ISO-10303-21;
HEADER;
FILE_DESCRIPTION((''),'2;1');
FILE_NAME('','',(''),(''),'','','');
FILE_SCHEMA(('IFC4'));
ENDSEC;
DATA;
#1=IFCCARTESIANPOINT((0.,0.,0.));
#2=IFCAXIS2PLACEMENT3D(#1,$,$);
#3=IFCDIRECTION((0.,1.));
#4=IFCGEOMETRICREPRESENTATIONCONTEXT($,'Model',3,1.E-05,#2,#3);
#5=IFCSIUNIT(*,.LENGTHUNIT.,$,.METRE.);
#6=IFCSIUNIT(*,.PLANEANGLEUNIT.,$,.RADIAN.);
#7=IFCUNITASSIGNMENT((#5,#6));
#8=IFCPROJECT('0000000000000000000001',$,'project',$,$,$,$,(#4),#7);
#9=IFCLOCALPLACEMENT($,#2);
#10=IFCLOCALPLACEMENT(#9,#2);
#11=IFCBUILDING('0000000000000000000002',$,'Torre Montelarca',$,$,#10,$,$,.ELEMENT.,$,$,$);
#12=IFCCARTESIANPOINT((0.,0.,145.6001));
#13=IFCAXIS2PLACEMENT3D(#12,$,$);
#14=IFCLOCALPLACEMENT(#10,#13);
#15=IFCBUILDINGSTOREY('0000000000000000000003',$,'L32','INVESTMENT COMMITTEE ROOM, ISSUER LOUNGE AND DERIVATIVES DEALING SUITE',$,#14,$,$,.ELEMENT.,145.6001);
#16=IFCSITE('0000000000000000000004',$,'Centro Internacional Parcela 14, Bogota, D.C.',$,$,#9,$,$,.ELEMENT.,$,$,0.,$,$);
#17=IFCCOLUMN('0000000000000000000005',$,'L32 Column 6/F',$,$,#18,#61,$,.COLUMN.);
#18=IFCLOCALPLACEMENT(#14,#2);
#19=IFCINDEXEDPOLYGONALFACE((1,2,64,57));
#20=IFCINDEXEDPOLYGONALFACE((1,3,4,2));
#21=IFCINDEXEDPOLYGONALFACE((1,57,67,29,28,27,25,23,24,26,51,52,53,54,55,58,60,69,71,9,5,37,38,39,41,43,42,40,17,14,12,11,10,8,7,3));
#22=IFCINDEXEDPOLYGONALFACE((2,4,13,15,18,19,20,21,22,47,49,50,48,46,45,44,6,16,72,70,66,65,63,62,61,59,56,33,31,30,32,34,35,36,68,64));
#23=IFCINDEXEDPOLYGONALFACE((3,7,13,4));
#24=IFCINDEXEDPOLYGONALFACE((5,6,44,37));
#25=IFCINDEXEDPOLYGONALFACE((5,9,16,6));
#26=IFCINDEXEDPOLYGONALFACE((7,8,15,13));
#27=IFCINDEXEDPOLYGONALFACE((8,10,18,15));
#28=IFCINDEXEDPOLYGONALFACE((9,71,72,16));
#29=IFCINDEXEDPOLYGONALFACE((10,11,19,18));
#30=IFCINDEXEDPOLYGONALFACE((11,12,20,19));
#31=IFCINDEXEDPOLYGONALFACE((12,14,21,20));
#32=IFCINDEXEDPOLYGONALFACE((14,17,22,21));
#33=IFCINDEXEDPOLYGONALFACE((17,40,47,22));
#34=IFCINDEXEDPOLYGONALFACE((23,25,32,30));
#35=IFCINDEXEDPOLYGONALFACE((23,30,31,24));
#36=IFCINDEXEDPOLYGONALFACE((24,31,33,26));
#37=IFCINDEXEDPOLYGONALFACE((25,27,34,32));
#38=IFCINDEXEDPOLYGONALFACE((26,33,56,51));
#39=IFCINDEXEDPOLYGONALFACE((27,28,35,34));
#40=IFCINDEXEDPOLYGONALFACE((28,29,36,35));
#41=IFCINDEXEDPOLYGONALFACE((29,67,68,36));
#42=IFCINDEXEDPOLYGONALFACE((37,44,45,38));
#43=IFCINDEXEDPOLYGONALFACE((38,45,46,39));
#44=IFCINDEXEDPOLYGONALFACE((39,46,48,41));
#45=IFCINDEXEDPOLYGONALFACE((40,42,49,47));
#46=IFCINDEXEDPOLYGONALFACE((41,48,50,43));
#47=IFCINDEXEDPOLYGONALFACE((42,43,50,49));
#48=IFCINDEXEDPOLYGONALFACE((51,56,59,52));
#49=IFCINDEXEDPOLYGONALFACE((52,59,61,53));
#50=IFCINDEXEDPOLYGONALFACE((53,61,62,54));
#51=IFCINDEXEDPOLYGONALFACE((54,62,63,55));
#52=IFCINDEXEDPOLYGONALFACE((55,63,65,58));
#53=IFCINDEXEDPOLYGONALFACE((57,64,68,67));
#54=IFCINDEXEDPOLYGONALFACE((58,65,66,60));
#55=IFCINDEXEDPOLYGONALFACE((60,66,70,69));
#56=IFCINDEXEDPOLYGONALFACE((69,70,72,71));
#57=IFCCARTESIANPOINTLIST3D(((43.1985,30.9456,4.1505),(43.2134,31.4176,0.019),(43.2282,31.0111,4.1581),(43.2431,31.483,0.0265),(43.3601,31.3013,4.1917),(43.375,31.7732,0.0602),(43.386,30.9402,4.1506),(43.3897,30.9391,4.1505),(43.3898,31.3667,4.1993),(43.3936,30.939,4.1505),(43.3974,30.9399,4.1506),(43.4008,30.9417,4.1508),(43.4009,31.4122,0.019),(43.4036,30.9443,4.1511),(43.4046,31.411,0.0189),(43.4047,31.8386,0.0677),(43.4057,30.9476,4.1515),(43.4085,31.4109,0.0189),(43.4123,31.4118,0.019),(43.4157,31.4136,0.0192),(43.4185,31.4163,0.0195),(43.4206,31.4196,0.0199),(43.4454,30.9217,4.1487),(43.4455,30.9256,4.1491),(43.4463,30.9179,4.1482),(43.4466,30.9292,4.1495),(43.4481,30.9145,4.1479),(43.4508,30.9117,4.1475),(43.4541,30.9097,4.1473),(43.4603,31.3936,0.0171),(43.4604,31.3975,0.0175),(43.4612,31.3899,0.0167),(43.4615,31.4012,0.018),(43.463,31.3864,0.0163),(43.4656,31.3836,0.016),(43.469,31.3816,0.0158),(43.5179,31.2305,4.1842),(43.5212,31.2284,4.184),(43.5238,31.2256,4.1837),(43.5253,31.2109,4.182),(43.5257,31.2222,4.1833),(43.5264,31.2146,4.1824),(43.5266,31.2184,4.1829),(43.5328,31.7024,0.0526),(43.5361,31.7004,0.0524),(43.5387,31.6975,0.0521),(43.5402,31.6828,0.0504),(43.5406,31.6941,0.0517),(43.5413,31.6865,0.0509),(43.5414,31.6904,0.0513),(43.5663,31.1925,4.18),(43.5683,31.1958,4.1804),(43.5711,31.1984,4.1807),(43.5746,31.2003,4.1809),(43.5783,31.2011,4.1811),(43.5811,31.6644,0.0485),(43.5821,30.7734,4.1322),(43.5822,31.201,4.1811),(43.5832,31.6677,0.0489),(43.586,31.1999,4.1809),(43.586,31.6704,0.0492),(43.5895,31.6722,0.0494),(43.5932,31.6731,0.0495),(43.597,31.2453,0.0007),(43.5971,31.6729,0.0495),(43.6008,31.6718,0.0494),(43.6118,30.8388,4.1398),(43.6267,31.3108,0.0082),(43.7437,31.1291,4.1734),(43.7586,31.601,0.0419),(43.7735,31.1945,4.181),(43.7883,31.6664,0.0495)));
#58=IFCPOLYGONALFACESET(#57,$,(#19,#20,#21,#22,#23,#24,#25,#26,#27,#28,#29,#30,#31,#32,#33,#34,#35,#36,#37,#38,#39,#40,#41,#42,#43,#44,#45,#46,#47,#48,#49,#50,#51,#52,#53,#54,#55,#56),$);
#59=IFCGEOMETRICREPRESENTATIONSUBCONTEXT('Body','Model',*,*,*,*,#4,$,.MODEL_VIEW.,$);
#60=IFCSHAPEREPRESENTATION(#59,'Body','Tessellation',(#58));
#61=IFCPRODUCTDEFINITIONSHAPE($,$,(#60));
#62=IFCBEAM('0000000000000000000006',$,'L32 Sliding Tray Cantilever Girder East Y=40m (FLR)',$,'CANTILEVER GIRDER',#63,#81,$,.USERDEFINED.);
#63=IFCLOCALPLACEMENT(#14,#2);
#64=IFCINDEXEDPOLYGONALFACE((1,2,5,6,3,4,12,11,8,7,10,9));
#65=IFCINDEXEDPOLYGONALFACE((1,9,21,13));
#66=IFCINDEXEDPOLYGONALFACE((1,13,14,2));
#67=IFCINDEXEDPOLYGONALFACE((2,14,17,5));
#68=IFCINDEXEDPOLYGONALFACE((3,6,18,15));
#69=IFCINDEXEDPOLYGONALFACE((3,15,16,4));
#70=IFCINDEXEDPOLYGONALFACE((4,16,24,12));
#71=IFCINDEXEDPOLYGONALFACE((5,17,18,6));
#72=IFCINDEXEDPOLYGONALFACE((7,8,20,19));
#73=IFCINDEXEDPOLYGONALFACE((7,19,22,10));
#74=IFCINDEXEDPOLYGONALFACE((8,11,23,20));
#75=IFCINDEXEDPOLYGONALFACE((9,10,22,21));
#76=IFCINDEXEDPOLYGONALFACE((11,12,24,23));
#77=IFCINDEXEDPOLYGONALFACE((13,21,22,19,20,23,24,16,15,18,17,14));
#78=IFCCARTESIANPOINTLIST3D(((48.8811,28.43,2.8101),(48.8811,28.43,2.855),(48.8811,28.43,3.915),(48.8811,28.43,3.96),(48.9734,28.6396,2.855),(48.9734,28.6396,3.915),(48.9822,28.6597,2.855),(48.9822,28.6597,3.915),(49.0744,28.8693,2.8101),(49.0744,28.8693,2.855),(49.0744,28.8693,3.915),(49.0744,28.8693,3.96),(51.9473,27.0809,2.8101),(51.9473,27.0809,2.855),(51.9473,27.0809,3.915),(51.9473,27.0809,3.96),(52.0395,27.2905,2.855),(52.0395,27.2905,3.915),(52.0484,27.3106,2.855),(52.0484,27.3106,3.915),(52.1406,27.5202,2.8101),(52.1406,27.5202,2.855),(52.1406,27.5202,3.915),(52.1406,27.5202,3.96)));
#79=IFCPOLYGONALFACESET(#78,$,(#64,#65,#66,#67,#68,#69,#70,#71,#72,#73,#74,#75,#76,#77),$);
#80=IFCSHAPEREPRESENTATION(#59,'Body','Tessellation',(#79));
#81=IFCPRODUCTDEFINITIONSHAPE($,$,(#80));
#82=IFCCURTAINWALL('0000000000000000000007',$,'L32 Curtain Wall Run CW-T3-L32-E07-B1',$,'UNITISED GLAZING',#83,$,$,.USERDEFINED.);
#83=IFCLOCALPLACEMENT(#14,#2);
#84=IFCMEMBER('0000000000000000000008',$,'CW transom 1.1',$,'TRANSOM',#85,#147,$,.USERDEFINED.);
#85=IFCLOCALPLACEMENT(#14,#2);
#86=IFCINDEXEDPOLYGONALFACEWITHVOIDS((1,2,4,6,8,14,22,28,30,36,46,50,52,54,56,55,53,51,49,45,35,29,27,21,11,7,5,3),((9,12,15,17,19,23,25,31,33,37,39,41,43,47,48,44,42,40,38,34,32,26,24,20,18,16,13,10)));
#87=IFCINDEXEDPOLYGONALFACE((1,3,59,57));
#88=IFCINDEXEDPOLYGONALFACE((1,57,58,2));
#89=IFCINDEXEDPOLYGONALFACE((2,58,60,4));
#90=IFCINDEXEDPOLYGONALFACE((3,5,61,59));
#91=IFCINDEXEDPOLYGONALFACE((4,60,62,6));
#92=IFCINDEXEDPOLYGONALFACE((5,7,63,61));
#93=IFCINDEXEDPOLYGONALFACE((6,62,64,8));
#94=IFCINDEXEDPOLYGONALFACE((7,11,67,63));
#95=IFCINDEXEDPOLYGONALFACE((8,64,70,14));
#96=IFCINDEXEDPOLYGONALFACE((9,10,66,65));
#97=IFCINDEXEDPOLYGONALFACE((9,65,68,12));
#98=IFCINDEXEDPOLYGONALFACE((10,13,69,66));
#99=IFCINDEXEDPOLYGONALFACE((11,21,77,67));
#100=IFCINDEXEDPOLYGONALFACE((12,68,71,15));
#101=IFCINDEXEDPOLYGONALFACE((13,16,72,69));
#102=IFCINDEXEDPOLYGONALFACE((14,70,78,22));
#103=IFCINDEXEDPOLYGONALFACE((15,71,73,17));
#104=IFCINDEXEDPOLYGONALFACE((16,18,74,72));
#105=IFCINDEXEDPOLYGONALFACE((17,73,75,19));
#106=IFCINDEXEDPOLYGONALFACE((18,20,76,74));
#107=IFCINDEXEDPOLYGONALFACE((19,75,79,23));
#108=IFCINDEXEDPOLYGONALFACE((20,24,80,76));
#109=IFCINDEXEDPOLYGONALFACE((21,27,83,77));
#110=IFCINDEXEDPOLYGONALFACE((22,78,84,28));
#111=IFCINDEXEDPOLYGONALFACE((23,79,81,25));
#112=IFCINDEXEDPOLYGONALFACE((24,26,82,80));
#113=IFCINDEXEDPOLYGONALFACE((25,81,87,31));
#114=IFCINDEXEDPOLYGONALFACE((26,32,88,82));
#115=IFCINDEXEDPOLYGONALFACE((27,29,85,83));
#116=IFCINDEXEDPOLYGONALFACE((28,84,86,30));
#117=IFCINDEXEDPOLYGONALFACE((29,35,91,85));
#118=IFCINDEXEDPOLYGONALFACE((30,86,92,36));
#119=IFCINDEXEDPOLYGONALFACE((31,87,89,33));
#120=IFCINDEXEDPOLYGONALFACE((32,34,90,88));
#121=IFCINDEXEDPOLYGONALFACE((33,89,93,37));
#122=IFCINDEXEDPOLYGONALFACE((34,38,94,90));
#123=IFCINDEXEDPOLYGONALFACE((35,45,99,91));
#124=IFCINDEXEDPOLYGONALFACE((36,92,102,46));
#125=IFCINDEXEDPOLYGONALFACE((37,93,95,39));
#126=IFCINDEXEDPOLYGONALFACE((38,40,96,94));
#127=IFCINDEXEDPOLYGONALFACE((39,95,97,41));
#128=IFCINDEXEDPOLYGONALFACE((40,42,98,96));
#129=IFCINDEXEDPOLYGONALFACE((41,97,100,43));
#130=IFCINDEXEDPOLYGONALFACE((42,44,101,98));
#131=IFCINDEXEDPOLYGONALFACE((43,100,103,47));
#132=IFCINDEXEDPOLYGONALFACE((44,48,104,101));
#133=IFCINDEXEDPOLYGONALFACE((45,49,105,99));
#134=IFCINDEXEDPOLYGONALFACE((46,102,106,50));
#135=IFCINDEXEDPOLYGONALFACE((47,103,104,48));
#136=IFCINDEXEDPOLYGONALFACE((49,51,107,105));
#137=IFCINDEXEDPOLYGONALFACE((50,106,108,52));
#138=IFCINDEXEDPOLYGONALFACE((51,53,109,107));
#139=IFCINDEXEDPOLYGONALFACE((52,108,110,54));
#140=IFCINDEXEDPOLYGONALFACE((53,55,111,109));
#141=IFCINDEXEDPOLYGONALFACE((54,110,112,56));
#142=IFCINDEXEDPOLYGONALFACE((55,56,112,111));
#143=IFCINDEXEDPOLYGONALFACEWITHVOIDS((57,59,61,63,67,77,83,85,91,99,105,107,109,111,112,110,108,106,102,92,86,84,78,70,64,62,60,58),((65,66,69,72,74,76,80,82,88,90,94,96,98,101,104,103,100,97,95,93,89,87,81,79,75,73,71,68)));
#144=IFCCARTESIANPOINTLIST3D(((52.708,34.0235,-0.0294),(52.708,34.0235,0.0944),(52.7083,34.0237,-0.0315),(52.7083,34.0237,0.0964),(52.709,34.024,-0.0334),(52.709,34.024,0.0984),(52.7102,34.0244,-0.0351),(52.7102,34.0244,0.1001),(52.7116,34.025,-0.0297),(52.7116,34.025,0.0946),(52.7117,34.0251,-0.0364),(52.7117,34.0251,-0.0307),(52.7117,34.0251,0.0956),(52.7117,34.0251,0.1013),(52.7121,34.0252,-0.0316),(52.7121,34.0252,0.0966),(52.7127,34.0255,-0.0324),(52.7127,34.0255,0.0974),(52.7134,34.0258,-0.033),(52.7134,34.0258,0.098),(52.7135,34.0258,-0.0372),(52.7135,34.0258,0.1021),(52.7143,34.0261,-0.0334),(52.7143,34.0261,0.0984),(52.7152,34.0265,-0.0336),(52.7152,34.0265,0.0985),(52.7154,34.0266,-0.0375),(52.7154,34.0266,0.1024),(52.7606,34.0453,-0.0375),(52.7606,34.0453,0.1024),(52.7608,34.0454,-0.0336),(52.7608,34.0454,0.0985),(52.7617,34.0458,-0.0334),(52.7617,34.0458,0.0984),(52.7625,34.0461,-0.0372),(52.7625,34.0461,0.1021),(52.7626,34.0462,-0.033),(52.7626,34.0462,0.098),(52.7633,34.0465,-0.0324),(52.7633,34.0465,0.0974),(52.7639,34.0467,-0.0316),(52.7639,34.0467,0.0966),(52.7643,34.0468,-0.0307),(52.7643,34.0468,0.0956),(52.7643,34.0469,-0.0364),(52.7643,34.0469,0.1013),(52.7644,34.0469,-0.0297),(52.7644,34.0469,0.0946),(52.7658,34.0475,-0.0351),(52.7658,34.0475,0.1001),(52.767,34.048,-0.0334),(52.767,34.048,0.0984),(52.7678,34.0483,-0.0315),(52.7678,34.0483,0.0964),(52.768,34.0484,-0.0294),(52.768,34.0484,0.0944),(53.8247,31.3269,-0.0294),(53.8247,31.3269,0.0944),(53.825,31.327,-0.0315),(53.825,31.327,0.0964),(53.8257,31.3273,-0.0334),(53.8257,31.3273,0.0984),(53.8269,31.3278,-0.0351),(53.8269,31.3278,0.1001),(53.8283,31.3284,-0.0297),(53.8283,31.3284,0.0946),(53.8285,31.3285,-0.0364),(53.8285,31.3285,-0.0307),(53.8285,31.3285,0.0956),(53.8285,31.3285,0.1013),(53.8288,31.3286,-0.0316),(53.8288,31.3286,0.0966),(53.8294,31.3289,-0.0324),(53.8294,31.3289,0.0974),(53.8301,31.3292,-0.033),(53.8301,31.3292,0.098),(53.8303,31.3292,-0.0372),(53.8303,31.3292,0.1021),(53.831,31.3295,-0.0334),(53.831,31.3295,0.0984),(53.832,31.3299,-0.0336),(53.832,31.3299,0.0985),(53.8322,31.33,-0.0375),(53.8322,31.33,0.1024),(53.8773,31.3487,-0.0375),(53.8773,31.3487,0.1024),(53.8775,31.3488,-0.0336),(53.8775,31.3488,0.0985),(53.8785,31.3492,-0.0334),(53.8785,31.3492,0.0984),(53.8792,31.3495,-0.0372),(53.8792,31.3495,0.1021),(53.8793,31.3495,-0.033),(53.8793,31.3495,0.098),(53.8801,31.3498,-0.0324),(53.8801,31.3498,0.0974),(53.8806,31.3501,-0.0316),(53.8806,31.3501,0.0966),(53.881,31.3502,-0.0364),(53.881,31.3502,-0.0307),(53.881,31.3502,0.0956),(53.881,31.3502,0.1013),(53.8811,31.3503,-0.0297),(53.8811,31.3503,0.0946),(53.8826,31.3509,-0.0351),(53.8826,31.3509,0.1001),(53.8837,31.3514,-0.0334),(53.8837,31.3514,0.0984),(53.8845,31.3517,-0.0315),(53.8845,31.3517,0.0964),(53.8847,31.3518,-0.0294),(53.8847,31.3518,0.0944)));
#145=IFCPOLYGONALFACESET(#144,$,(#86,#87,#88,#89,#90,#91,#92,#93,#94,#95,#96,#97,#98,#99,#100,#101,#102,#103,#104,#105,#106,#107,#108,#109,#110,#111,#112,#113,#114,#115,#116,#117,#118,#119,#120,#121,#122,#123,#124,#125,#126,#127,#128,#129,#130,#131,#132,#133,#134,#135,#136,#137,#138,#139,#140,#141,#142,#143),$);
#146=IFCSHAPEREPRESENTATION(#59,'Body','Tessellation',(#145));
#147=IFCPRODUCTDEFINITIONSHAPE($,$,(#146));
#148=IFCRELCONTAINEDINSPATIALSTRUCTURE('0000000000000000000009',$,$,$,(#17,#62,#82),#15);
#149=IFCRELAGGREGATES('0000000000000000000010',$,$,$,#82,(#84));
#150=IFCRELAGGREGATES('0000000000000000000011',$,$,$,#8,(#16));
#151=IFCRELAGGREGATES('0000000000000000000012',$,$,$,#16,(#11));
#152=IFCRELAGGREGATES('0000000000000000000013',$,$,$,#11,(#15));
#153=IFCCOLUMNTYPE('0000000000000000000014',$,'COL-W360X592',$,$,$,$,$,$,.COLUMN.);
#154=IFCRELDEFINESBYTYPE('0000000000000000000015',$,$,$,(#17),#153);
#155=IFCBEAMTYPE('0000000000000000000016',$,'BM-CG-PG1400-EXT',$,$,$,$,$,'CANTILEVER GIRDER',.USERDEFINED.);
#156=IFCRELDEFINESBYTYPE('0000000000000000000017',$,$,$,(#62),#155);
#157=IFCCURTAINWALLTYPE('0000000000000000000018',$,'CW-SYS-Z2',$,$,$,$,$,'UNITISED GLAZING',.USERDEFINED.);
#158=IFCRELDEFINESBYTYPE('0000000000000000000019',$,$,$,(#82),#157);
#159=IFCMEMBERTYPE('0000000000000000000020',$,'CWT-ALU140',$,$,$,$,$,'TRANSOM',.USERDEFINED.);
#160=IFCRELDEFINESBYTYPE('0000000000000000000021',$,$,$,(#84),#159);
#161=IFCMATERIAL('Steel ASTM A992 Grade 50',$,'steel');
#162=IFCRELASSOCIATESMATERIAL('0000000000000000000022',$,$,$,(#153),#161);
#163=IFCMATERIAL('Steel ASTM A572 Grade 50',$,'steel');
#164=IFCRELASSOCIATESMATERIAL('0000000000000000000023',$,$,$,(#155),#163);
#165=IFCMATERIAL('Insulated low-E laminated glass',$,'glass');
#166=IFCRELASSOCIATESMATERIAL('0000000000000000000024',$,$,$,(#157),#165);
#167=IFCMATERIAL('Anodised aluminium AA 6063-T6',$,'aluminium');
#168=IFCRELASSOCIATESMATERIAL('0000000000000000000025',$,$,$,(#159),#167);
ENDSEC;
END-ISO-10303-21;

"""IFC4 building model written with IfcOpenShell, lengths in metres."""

from ifc_helpers import new_model, si_unit, direction, frame, origin, origin_2d, place, context, subcontext, project, spatial, hollow_rectangle, i_section, extrude, clip, halfspace, source, transform, mapped, material, material_profile, profile_set, type_object, element, aggregate, save


model = new_model("IFC4")

# Units and contexts
model_context = context("Model", 3, precision=1e-05, world=origin(), true_north=direction((0.0, 1.0)))
body_context = subcontext(model_context, "Body", "Model", "MODEL_VIEW")
ifc_project = project(units=[si_unit("LENGTHUNIT", "METRE"), si_unit("PLANEANGLEUNIT", "RADIAN")], contexts=[model_context])

# Site, building, storey
site_placement = place(None, origin())
site = spatial("IfcSite", under=ifc_project, at=site_placement, Name="Centro Internacional Parcela 14, Bogota, D.C.", CompositionType="ELEMENT", RefElevation=0.0)
building_placement = place(site_placement, origin())
building = spatial("IfcBuilding", under=site, at=building_placement, Name="Torre Montelarca", CompositionType="ELEMENT")
storey_placement = place(building_placement, frame((0.0, 0.0, 145.6001)))
storey = spatial("IfcBuildingStorey", under=building, at=storey_placement, Name="L32", Description="INVESTMENT COMMITTEE ROOM, ISSUER LOUNGE AND DERIVATIVES DEALING SUITE", CompositionType="ELEMENT", Elevation=145.6001)

# Column
ifc_material_1 = material(Name="Steel ASTM A992 Grade 50", Category="steel")
ifc_material_profile_1 = material_profile(ifc_material_1, i_section(OverallWidth=0.4209, OverallDepth=0.4651, WebThickness=0.0449, FlangeThickness=0.0723, FilletRadius=0.0149, at=origin_2d()), Name="W360X592", Category="steel")
ifc_profile_set_1 = profile_set([ifc_material_profile_1], Name="Steel ASTM A992 Grade 50")
column_type_1 = type_object("IfcColumnType", Name="COL-W360X592", PredefinedType="COLUMN", material=ifc_profile_set_1)
column_1_placement = place(storey_placement, frame((43.501, 31.5459, 0.0), z_axis=(-0.003581, -0.113486, 0.993533), x_axis=(-0.91143, 0.409155, 0.043451)))
element("IfcColumn", 1, at=column_1_placement, inside=storey, type_object=column_type_1, Name="L32 Column 6/F", PredefinedType="COLUMN", context=body_context, shape_type="Clipping", body=[
    clip(clip(extrude(i_section(OverallWidth=0.4209, OverallDepth=0.4651, WebThickness=0.0449, FlangeThickness=0.0723, FilletRadius=0.0149, at=origin_2d()), origin(), (0.0, 0.0, 1.0), 4.2273), halfspace(frame((0.0, 0.0, 0.0344), z_axis=(0.0, 0.0, -1.0), x_axis=(1.0, 0.0, 0.0)), False)), halfspace(frame((0.0, 0.0, 4.1929), z_axis=(0.0, 0.0, 1.0), x_axis=(1.0, 0.0, 0.0)), False)),
])

# Beam
ifc_material_2 = material(Name="Steel ASTM A572 Grade 50", Category="steel")
ifc_material_profile_2 = material_profile(ifc_material_2, i_section(OverallWidth=0.48, OverallDepth=1.1499, WebThickness=0.022, FlangeThickness=0.0449, at=origin_2d()), Name="PG1150X480X22X45", Category="steel")
ifc_profile_set_2 = profile_set([ifc_material_profile_2], Name="Steel ASTM A572 Grade 50")
beam_type = type_object("IfcBeamType", Name="BM-CG-PG1400-EXT", ElementType="CANTILEVER GIRDER", PredefinedType="USERDEFINED", material=ifc_profile_set_2)
shared_shape_1 = source(origin(), body_context, "Body", "SweptSolid", [
    extrude(i_section(OverallWidth=0.48, OverallDepth=1.1499, WebThickness=0.022, FlangeThickness=0.0449, at=origin_2d()), origin(), (0.0, 0.0, 1.0), 3.3499),
])
beam_placement = place(storey_placement, frame((48.9778, 28.6497, 3.385), z_axis=(0.915314, -0.402741, 0.0), x_axis=(0.402741, 0.915314, 0.0)))
element("IfcBeam", 2, at=beam_placement, inside=storey, type_object=beam_type, Name="L32 Sliding Tray Cantilever Girder East Y=40m (FLR)", ObjectType="CANTILEVER GIRDER", PredefinedType="USERDEFINED", context=body_context, shape_type="MappedRepresentation", body=[
    mapped(shared_shape_1, transform((0.0, 0.0, 0.0), scale=1.0)),
])

# Curtain wall, member
ifc_material_3 = material(Name="Insulated low-E laminated glass", Category="glass")
curtain_wall_type = type_object("IfcCurtainWallType", Name="CW-SYS-Z2", ElementType="UNITISED GLAZING", PredefinedType="USERDEFINED", material=ifc_material_3)
curtain_wall_1_placement = place(storey_placement, origin())
curtain_wall_1 = element("IfcCurtainWall", 3, at=curtain_wall_1_placement, inside=storey, type_object=curtain_wall_type, Name="L32 Curtain Wall Run CW-T3-L32-E07-B1", ObjectType="UNITISED GLAZING", PredefinedType="USERDEFINED")
ifc_material_4 = material(Name="Anodised aluminium AA 6063-T6", Category="aluminium")
ifc_material_profile_3 = material_profile(ifc_material_4, hollow_rectangle(XDim=0.0649, YDim=0.1399, WallThickness=0.0039, InnerFilletRadius=0.0039, OuterFilletRadius=0.0081, at=origin_2d()), Name="ALU65X140X4", Category="aluminium")
ifc_profile_set_3 = profile_set([ifc_material_profile_3], Name="Anodised aluminium AA 6063-T6")
member_type_1 = type_object("IfcMemberType", Name="CWT-ALU140", ElementType="TRANSOM", PredefinedType="USERDEFINED", material=ifc_profile_set_3)
shared_shape_2 = source(origin(), body_context, "Body", "SweptSolid", [
    extrude(hollow_rectangle(XDim=0.0649, YDim=0.1399, WallThickness=0.0039, InnerFilletRadius=0.0039, OuterFilletRadius=0.0081, at=origin_2d()), origin(), (0.0, 0.0, 1.0), 2.9187),
])
member_1_placement = place(storey_placement, frame((53.8547, 31.3394, 0.0325), z_axis=(-0.382613, 0.923909, 0.0), x_axis=(-0.923909, -0.382613, 0.0)))
member_1 = element("IfcMember", 4, at=member_1_placement, type_object=member_type_1, Name="CW transom 1.1", ObjectType="TRANSOM", PredefinedType="USERDEFINED", context=body_context, shape_type="MappedRepresentation", body=[
    mapped(shared_shape_2, transform((0.0, 0.0, 0.0), scale=1.0)),
])

aggregate(curtain_wall_1, [member_1])

save(model, "model.ifc")
